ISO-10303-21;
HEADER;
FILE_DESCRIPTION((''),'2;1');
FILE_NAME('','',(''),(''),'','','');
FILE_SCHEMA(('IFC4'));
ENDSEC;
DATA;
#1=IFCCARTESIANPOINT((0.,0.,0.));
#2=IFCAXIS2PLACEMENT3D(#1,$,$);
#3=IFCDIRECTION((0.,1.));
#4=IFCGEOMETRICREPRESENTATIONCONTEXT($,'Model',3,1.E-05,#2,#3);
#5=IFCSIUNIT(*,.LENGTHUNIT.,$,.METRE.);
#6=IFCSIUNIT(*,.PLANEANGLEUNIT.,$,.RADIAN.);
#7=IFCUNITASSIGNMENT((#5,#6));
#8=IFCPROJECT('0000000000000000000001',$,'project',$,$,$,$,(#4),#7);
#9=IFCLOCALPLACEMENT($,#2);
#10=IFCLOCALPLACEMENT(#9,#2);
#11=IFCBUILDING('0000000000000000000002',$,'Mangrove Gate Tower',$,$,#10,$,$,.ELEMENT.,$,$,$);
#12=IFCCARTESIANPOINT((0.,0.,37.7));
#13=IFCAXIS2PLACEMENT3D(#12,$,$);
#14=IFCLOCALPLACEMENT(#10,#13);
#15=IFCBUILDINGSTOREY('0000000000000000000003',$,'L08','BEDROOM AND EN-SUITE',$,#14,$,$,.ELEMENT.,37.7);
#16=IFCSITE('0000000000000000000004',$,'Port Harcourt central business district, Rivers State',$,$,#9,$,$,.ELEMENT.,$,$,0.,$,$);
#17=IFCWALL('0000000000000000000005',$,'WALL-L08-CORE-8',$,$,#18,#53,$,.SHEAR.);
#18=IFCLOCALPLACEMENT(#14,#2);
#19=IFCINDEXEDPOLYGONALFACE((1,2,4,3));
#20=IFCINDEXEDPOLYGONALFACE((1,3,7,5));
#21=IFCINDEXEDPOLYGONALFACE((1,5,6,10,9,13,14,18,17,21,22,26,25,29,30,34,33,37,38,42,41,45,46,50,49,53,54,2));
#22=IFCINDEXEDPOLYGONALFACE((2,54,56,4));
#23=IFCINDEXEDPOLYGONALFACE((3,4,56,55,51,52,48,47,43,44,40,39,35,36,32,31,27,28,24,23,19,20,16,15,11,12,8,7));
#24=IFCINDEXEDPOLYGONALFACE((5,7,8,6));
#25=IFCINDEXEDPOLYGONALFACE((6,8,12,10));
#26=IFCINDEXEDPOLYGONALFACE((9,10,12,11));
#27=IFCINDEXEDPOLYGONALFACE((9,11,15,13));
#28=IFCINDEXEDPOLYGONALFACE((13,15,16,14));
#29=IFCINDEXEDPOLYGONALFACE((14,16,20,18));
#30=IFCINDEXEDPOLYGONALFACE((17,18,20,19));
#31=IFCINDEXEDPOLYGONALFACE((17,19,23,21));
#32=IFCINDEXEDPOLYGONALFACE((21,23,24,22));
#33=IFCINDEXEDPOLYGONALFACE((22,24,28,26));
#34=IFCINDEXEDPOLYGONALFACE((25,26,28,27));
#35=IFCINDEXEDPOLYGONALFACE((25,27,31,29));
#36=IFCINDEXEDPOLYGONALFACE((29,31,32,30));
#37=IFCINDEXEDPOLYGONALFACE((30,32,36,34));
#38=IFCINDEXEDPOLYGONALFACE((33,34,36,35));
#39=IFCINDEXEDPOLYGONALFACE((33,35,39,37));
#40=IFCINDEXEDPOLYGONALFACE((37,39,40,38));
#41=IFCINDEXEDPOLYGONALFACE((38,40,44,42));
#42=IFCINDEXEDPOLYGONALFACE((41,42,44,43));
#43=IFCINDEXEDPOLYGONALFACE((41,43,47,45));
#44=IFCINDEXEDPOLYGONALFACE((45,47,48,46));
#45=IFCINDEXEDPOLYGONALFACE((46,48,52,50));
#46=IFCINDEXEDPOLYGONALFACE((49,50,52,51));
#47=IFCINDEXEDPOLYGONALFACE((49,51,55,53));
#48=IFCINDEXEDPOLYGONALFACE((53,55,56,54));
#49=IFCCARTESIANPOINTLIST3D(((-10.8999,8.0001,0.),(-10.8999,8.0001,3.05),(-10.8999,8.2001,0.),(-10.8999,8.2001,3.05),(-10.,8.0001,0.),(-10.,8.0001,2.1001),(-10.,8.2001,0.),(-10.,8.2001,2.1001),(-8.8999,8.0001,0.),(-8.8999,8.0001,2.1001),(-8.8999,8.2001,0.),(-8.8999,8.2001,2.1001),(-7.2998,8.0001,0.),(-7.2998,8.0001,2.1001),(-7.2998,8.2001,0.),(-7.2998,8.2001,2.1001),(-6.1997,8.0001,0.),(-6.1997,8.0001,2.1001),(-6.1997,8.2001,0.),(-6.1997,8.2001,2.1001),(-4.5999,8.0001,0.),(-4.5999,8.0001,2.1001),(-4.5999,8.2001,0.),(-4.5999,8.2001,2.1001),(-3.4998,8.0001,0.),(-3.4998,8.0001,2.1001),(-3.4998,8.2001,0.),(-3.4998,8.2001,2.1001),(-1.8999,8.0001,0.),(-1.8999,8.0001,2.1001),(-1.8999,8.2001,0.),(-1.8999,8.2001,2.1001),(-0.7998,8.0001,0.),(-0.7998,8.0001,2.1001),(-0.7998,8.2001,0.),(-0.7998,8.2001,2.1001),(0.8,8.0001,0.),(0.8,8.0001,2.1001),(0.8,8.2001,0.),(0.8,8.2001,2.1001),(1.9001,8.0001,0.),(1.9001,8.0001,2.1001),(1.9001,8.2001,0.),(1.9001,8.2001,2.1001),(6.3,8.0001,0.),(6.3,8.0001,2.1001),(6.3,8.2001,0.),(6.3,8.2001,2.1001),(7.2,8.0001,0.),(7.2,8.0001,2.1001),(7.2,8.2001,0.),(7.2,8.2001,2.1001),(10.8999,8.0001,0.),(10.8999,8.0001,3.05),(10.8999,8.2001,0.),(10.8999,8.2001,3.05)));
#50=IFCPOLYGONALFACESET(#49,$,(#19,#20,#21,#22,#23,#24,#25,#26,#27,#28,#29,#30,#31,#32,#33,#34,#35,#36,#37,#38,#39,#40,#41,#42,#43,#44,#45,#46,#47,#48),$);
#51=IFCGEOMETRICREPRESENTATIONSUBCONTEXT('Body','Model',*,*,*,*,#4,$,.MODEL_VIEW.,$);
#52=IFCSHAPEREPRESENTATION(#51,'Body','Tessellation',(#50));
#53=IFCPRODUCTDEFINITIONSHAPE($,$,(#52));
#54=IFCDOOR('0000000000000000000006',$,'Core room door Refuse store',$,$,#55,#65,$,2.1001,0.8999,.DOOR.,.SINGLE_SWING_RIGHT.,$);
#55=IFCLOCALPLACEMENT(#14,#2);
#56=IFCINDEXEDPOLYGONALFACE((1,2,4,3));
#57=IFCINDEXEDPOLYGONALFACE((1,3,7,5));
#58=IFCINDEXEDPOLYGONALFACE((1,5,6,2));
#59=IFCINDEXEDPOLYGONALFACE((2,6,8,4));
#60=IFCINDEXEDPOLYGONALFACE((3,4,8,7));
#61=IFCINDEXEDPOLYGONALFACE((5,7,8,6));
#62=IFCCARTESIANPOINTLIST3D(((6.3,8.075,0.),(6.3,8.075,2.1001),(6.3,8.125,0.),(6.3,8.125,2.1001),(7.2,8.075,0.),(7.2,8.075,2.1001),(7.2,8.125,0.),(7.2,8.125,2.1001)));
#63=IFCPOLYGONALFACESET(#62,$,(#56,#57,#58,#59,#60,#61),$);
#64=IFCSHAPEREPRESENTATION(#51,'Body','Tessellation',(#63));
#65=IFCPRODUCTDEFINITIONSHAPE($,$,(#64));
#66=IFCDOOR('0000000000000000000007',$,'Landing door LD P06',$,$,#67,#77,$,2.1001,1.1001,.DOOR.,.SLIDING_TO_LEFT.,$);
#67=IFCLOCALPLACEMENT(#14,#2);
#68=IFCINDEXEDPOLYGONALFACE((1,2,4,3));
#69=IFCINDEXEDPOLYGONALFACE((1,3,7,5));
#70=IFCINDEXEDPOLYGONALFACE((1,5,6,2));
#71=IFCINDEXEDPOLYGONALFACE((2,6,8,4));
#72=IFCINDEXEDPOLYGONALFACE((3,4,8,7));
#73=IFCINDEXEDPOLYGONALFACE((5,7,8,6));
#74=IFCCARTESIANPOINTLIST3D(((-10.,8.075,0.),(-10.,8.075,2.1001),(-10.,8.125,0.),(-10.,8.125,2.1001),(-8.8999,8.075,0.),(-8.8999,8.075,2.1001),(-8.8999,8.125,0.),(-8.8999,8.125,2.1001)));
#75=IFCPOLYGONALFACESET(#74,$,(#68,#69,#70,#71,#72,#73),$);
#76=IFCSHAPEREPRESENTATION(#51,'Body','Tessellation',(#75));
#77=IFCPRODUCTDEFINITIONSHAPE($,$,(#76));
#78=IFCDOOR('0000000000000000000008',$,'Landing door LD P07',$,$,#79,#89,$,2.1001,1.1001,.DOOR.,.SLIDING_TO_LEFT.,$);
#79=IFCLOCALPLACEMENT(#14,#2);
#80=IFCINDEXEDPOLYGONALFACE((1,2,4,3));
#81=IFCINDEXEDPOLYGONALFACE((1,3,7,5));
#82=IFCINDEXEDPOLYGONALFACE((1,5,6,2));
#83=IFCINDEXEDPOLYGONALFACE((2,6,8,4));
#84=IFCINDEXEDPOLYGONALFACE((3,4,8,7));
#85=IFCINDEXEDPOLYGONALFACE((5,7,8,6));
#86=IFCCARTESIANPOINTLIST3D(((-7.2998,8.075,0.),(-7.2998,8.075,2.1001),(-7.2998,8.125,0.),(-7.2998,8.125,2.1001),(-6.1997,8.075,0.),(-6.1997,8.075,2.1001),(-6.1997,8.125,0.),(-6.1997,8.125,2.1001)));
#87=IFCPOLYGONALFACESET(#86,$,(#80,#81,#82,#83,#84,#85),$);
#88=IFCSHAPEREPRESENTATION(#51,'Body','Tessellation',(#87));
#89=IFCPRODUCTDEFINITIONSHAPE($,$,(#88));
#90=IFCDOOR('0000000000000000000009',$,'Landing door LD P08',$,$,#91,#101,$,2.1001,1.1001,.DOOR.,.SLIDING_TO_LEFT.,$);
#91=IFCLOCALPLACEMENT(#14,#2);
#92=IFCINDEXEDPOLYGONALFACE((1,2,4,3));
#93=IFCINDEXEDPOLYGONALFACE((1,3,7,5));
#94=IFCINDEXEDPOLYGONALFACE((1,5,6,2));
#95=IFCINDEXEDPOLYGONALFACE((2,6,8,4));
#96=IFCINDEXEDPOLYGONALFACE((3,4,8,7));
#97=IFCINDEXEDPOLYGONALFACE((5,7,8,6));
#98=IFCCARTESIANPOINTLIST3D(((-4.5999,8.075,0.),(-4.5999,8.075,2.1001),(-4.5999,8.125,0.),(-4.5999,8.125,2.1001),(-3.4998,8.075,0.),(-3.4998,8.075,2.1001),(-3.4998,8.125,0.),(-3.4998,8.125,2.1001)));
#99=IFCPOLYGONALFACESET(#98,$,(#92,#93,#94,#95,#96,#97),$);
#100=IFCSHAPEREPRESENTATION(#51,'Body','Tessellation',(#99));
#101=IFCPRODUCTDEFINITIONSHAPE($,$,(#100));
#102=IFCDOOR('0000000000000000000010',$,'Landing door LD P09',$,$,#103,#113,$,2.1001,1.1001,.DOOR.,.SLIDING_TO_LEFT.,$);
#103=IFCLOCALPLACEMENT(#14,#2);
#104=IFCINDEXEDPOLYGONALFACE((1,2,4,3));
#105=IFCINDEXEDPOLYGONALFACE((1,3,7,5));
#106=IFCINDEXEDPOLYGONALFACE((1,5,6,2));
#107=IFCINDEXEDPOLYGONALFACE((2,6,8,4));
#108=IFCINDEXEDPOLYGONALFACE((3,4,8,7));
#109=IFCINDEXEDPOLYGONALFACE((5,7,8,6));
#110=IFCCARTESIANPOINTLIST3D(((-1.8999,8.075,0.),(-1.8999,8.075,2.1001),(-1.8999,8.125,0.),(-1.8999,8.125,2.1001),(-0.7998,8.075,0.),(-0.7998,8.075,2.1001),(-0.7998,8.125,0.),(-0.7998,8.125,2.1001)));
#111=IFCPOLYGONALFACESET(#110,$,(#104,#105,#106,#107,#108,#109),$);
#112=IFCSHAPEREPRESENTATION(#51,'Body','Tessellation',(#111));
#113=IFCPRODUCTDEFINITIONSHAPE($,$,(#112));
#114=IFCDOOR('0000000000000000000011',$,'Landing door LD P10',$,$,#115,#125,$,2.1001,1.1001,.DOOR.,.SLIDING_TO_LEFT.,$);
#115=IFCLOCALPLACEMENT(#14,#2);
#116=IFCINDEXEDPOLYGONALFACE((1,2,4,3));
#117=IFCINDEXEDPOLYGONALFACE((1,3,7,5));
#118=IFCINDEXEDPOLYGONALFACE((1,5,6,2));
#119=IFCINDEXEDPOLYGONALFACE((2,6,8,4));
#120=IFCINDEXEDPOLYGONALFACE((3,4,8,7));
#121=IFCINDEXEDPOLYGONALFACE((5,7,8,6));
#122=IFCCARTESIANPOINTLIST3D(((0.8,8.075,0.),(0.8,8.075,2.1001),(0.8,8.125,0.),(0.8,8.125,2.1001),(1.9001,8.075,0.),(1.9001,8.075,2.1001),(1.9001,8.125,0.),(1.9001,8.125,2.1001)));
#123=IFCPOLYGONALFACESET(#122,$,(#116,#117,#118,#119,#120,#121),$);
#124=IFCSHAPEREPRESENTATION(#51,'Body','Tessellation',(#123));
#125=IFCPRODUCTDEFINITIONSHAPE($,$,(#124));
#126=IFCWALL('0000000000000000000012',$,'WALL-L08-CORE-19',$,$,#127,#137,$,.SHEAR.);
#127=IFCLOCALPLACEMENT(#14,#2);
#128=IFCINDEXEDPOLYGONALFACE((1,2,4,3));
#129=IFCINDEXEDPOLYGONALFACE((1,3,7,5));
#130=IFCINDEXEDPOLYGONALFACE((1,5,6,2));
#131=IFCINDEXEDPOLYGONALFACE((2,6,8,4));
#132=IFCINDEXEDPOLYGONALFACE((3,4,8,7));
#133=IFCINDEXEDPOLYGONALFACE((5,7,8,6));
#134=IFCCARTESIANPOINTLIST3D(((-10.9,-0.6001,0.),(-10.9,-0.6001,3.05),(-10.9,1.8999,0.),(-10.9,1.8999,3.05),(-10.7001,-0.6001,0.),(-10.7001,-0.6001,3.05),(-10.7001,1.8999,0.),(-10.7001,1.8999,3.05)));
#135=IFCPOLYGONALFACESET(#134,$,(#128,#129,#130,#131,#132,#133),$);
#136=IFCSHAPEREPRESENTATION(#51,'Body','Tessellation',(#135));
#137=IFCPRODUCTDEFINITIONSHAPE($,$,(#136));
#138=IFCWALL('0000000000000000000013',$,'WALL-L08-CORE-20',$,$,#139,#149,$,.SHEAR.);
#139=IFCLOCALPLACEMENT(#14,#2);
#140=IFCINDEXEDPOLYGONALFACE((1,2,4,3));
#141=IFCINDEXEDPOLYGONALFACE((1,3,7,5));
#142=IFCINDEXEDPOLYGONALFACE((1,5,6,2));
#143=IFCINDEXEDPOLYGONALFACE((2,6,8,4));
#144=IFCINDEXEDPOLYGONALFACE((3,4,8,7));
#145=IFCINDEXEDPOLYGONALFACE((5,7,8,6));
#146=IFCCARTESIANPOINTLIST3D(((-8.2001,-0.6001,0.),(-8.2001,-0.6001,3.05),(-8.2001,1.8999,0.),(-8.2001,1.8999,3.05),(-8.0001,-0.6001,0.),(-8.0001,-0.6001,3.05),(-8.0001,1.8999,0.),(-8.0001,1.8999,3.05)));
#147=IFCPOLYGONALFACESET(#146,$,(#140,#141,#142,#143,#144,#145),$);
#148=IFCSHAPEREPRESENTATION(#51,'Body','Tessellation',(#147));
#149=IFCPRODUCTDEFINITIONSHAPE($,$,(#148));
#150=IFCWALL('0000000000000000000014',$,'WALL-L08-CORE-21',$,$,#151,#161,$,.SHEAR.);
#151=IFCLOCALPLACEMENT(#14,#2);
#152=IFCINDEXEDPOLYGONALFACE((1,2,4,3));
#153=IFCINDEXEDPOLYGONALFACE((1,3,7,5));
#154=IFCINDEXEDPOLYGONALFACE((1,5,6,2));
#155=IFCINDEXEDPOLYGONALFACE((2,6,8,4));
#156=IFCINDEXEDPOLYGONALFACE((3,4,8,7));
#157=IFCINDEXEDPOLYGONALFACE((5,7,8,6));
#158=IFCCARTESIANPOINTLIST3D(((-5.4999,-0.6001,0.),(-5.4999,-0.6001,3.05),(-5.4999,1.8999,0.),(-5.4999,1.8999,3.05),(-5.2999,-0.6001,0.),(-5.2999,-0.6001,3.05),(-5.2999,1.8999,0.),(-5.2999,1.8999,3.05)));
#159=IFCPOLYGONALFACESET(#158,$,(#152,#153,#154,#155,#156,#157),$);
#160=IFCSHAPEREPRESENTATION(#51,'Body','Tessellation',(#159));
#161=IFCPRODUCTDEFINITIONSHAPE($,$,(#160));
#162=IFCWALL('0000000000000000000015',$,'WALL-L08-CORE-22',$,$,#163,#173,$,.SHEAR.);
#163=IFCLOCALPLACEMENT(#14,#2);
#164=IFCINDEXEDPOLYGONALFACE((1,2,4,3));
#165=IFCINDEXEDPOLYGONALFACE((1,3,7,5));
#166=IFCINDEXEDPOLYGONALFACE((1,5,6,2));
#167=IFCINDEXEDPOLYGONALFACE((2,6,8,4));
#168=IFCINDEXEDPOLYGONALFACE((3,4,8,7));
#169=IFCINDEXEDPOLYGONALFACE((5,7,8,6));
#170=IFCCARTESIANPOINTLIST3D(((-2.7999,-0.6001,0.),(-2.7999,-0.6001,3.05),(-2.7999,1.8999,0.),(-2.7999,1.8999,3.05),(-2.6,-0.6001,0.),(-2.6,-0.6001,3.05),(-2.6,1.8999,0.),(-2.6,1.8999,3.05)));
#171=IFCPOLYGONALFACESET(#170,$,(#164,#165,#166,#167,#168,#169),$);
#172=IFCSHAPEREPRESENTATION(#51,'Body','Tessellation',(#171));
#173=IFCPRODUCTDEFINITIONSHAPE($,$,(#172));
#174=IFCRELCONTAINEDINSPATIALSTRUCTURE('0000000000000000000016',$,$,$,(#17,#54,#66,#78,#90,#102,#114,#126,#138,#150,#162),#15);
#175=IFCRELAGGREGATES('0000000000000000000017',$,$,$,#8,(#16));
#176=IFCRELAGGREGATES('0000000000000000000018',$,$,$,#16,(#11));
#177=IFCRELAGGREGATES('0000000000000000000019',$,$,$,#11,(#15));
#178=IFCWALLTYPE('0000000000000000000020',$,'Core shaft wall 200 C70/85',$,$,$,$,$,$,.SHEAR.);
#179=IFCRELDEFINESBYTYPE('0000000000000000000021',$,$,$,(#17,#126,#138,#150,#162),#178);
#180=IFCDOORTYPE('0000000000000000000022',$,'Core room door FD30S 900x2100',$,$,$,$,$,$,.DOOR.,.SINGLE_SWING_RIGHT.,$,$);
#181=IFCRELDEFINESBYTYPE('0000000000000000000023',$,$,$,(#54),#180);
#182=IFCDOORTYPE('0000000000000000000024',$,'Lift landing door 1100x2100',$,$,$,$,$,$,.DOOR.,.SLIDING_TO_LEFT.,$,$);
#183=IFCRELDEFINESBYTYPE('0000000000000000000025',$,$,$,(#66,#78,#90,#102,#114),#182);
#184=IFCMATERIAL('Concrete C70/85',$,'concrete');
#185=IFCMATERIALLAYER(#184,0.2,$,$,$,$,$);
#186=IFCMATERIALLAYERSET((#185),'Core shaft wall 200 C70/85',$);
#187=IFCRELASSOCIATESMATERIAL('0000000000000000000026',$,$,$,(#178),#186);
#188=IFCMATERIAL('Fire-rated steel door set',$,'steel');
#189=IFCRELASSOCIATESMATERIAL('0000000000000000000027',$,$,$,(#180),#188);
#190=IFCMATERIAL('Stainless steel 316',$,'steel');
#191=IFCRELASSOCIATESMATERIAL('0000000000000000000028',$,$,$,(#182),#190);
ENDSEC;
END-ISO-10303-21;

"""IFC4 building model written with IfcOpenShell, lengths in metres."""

from ifc_helpers import new_model, si_unit, direction, frame, frame_2d, origin, place, context, subcontext, project, spatial, rectangle, extrude, material, layer, layer_set, type_object, element, fill, save


model = new_model("IFC4")

# Units and contexts
model_context = context("Model", 3, precision=1e-05, world=origin(), true_north=direction((0.0, 1.0)))
body_context = subcontext(model_context, "Body", "Model", "MODEL_VIEW")
ifc_project = project(units=[si_unit("LENGTHUNIT", "METRE"), si_unit("PLANEANGLEUNIT", "RADIAN")], contexts=[model_context])

# Site, building, storey
site_placement = place(None, origin())
site = spatial("IfcSite", under=ifc_project, at=site_placement, Name="Port Harcourt central business district, Rivers State", CompositionType="ELEMENT", RefElevation=0.0)
building_placement = place(site_placement, origin())
building = spatial("IfcBuilding", under=site, at=building_placement, Name="Mangrove Gate Tower", CompositionType="ELEMENT")
storey_placement = place(building_placement, frame((0.0, 0.0, 37.7)))
storey = spatial("IfcBuildingStorey", under=building, at=storey_placement, Name="L08", Description="BEDROOM AND EN-SUITE", CompositionType="ELEMENT", Elevation=37.7)

# Wall, openings, doors
ifc_material_1 = material(Name="Concrete C70/85", Category="concrete")
ifc_layer = layer(ifc_material_1, 0.2)
ifc_layer_set = layer_set([ifc_layer], Name="Core shaft wall 200 C70/85")
wall_type = type_object("IfcWallType", Name="Core shaft wall 200 C70/85", PredefinedType="SHEAR", material=ifc_layer_set)
wall_placement = place(storey_placement, frame((-10.8999, 8.1001, 0.0), z_axis=(0.0, 0.0, 1.0), x_axis=(1.0, 0.0, 0.0)))
wall = element("IfcWall", 1, at=wall_placement, inside=storey, type_object=wall_type, Name="WALL-L08-CORE-8", PredefinedType="SHEAR", context=body_context, shape_type="SweptSolid", body=[
    extrude(rectangle(XDim=21.7998, YDim=0.2, at=frame_2d((10.8999, 0.0))), origin(), (0.0, 0.0, 1.0), 3.05),
])
opening_1_placement = place(wall_placement, frame((0.8999, 0.0, 0.0)))
opening_1 = element("IfcOpeningElement", 2, at=opening_1_placement, cuts=wall, PredefinedType="OPENING", context=body_context, shape_type="SweptSolid", body=[
    extrude(rectangle(XDim=1.1001, YDim=2.1001, at=frame_2d((0.55, 1.05))), frame((0.0, 0.1099, 0.0), z_axis=(0.0, -1.0, 0.0), x_axis=(1.0, 0.0, 0.0)), (0.0, 0.0, 1.0), 0.22),
])
opening_2_placement = place(wall_placement, frame((3.6001, 0.0, 0.0)))
opening_2 = element("IfcOpeningElement", 3, at=opening_2_placement, cuts=wall, PredefinedType="OPENING", context=body_context, shape_type="SweptSolid", body=[
    extrude(rectangle(XDim=1.1001, YDim=2.1001, at=frame_2d((0.55, 1.05))), frame((0.0, 0.1099, 0.0), z_axis=(0.0, -1.0, 0.0), x_axis=(1.0, 0.0, 0.0)), (0.0, 0.0, 1.0), 0.22),
])
opening_3_placement = place(wall_placement, frame((6.3, 0.0, 0.0)))
opening_3 = element("IfcOpeningElement", 4, at=opening_3_placement, cuts=wall, PredefinedType="OPENING", context=body_context, shape_type="SweptSolid", body=[
    extrude(rectangle(XDim=1.1001, YDim=2.1001, at=frame_2d((0.55, 1.05))), frame((0.0, 0.1099, 0.0), z_axis=(0.0, -1.0, 0.0), x_axis=(1.0, 0.0, 0.0)), (0.0, 0.0, 1.0), 0.22),
])
opening_4_placement = place(wall_placement, frame((9.0, 0.0, 0.0)))
opening_4 = element("IfcOpeningElement", 5, at=opening_4_placement, cuts=wall, PredefinedType="OPENING", context=body_context, shape_type="SweptSolid", body=[
    extrude(rectangle(XDim=1.1001, YDim=2.1001, at=frame_2d((0.55, 1.05))), frame((0.0, 0.1099, 0.0), z_axis=(0.0, -1.0, 0.0), x_axis=(1.0, 0.0, 0.0)), (0.0, 0.0, 1.0), 0.22),
])
opening_5_placement = place(wall_placement, frame((11.7, 0.0, 0.0)))
opening_5 = element("IfcOpeningElement", 6, at=opening_5_placement, cuts=wall, PredefinedType="OPENING", context=body_context, shape_type="SweptSolid", body=[
    extrude(rectangle(XDim=1.1001, YDim=2.1001, at=frame_2d((0.55, 1.05))), frame((0.0, 0.1099, 0.0), z_axis=(0.0, -1.0, 0.0), x_axis=(1.0, 0.0, 0.0)), (0.0, 0.0, 1.0), 0.22),
])
opening_6_placement = place(wall_placement, frame((17.2, 0.0, 0.0)))
opening_6 = element("IfcOpeningElement", 7, at=opening_6_placement, cuts=wall, PredefinedType="OPENING", context=body_context, shape_type="SweptSolid", body=[
    extrude(rectangle(XDim=0.8999, YDim=2.1001, at=frame_2d((0.45, 1.05))), frame((0.0, 0.1099, 0.0), z_axis=(0.0, -1.0, 0.0), x_axis=(1.0, 0.0, 0.0)), (0.0, 0.0, 1.0), 0.22),
])
ifc_material_2 = material(Name="Fire-rated steel door set", Category="steel")
door_type_1 = type_object("IfcDoorType", Name="Core room door FD30S 900x2100", OperationType="SINGLE_SWING_RIGHT", PredefinedType="DOOR", material=ifc_material_2)
door_1_placement = place(opening_6_placement, origin())
door_1 = element("IfcDoor", 8, at=door_1_placement, inside=storey, type_object=door_type_1, Name="Core room door Refuse store", OperationType="SINGLE_SWING_RIGHT", OverallHeight=2.1001, OverallWidth=0.8999, PredefinedType="DOOR", context=body_context, shape_type="SweptSolid", body=[
    extrude(rectangle(XDim=0.8999, YDim=2.1001, at=frame_2d((0.45, 1.05))), frame((0.0, 0.0249, 0.0), z_axis=(0.0, -1.0, 0.0), x_axis=(1.0, 0.0, 0.0)), (0.0, 0.0, 1.0), 0.05),
])
fill(opening_6, door_1)
ifc_material_3 = material(Name="Stainless steel 316", Category="steel")
door_type_2 = type_object("IfcDoorType", Name="Lift landing door 1100x2100", OperationType="SLIDING_TO_LEFT", PredefinedType="DOOR", material=ifc_material_3)
door_2_placement = place(opening_1_placement, origin())
door_2 = element("IfcDoor", 9, at=door_2_placement, inside=storey, type_object=door_type_2, Name="Landing door LD P06", OperationType="SLIDING_TO_LEFT", OverallHeight=2.1001, OverallWidth=1.1001, PredefinedType="DOOR", context=body_context, shape_type="SweptSolid", body=[
    extrude(rectangle(XDim=1.1001, YDim=2.1001, at=frame_2d((0.55, 1.05))), frame((0.0, 0.0249, 0.0), z_axis=(0.0, -1.0, 0.0), x_axis=(1.0, 0.0, 0.0)), (0.0, 0.0, 1.0), 0.05),
])
fill(opening_1, door_2)
door_3_placement = place(opening_2_placement, origin())
door_3 = element("IfcDoor", 10, at=door_3_placement, inside=storey, type_object=door_type_2, Name="Landing door LD P07", OperationType="SLIDING_TO_LEFT", OverallHeight=2.1001, OverallWidth=1.1001, PredefinedType="DOOR", context=body_context, shape_type="SweptSolid", body=[
    extrude(rectangle(XDim=1.1001, YDim=2.1001, at=frame_2d((0.55, 1.05))), frame((0.0, 0.0249, 0.0), z_axis=(0.0, -1.0, 0.0), x_axis=(1.0, 0.0, 0.0)), (0.0, 0.0, 1.0), 0.05),
])
fill(opening_2, door_3)
door_4_placement = place(opening_3_placement, origin())
door_4 = element("IfcDoor", 11, at=door_4_placement, inside=storey, type_object=door_type_2, Name="Landing door LD P08", OperationType="SLIDING_TO_LEFT", OverallHeight=2.1001, OverallWidth=1.1001, PredefinedType="DOOR", context=body_context, shape_type="SweptSolid", body=[
    extrude(rectangle(XDim=1.1001, YDim=2.1001, at=frame_2d((0.55, 1.05))), frame((0.0, 0.0249, 0.0), z_axis=(0.0, -1.0, 0.0), x_axis=(1.0, 0.0, 0.0)), (0.0, 0.0, 1.0), 0.05),
])
fill(opening_3, door_4)
door_5_placement = place(opening_4_placement, origin())
door_5 = element("IfcDoor", 12, at=door_5_placement, inside=storey, type_object=door_type_2, Name="Landing door LD P09", OperationType="SLIDING_TO_LEFT", OverallHeight=2.1001, OverallWidth=1.1001, PredefinedType="DOOR", context=body_context, shape_type="SweptSolid", body=[
    extrude(rectangle(XDim=1.1001, YDim=2.1001, at=frame_2d((0.55, 1.05))), frame((0.0, 0.0249, 0.0), z_axis=(0.0, -1.0, 0.0), x_axis=(1.0, 0.0, 0.0)), (0.0, 0.0, 1.0), 0.05),
])
fill(opening_4, door_5)
door_6_placement = place(opening_5_placement, origin())
door_6 = element("IfcDoor", 13, at=door_6_placement, inside=storey, type_object=door_type_2, Name="Landing door LD P10", OperationType="SLIDING_TO_LEFT", OverallHeight=2.1001, OverallWidth=1.1001, PredefinedType="DOOR", context=body_context, shape_type="SweptSolid", body=[
    extrude(rectangle(XDim=1.1001, YDim=2.1001, at=frame_2d((0.55, 1.05))), frame((0.0, 0.0249, 0.0), z_axis=(0.0, -1.0, 0.0), x_axis=(1.0, 0.0, 0.0)), (0.0, 0.0, 1.0), 0.05),
])
fill(opening_5, door_6)

# Walls
for number, where, z_axis, x_axis, name in (
    (14, (-10.8, -0.6001, 0.0), (0.0, 0.0, 1.0), (0.0, 1.0, 0.0), "WALL-L08-CORE-19"),
    (15, (-8.1001, -0.6001, 0.0), (0.0, 0.0, 1.0), (0.0, 1.0, 0.0), "WALL-L08-CORE-20"),
    (16, (-5.3999, -0.6001, 0.0), (0.0, 0.0, 1.0), (0.0, 1.0, 0.0), "WALL-L08-CORE-21"),
    (17, (-2.7, -0.6001, 0.0), (0.0, 0.0, 1.0), (0.0, 1.0, 0.0), "WALL-L08-CORE-22"),
):
    element("IfcWall", number, at=place(storey_placement, frame(where, z_axis=z_axis, x_axis=x_axis)), inside=storey, type_object=wall_type, Name=name, PredefinedType="SHEAR", context=body_context, shape_type="SweptSolid", body=[
        extrude(rectangle(XDim=2.5, YDim=0.2, at=frame_2d((1.25, 0.0))), origin(), (0.0, 0.0, 1.0), 3.05),
    ])

save(model, "model.ifc")
